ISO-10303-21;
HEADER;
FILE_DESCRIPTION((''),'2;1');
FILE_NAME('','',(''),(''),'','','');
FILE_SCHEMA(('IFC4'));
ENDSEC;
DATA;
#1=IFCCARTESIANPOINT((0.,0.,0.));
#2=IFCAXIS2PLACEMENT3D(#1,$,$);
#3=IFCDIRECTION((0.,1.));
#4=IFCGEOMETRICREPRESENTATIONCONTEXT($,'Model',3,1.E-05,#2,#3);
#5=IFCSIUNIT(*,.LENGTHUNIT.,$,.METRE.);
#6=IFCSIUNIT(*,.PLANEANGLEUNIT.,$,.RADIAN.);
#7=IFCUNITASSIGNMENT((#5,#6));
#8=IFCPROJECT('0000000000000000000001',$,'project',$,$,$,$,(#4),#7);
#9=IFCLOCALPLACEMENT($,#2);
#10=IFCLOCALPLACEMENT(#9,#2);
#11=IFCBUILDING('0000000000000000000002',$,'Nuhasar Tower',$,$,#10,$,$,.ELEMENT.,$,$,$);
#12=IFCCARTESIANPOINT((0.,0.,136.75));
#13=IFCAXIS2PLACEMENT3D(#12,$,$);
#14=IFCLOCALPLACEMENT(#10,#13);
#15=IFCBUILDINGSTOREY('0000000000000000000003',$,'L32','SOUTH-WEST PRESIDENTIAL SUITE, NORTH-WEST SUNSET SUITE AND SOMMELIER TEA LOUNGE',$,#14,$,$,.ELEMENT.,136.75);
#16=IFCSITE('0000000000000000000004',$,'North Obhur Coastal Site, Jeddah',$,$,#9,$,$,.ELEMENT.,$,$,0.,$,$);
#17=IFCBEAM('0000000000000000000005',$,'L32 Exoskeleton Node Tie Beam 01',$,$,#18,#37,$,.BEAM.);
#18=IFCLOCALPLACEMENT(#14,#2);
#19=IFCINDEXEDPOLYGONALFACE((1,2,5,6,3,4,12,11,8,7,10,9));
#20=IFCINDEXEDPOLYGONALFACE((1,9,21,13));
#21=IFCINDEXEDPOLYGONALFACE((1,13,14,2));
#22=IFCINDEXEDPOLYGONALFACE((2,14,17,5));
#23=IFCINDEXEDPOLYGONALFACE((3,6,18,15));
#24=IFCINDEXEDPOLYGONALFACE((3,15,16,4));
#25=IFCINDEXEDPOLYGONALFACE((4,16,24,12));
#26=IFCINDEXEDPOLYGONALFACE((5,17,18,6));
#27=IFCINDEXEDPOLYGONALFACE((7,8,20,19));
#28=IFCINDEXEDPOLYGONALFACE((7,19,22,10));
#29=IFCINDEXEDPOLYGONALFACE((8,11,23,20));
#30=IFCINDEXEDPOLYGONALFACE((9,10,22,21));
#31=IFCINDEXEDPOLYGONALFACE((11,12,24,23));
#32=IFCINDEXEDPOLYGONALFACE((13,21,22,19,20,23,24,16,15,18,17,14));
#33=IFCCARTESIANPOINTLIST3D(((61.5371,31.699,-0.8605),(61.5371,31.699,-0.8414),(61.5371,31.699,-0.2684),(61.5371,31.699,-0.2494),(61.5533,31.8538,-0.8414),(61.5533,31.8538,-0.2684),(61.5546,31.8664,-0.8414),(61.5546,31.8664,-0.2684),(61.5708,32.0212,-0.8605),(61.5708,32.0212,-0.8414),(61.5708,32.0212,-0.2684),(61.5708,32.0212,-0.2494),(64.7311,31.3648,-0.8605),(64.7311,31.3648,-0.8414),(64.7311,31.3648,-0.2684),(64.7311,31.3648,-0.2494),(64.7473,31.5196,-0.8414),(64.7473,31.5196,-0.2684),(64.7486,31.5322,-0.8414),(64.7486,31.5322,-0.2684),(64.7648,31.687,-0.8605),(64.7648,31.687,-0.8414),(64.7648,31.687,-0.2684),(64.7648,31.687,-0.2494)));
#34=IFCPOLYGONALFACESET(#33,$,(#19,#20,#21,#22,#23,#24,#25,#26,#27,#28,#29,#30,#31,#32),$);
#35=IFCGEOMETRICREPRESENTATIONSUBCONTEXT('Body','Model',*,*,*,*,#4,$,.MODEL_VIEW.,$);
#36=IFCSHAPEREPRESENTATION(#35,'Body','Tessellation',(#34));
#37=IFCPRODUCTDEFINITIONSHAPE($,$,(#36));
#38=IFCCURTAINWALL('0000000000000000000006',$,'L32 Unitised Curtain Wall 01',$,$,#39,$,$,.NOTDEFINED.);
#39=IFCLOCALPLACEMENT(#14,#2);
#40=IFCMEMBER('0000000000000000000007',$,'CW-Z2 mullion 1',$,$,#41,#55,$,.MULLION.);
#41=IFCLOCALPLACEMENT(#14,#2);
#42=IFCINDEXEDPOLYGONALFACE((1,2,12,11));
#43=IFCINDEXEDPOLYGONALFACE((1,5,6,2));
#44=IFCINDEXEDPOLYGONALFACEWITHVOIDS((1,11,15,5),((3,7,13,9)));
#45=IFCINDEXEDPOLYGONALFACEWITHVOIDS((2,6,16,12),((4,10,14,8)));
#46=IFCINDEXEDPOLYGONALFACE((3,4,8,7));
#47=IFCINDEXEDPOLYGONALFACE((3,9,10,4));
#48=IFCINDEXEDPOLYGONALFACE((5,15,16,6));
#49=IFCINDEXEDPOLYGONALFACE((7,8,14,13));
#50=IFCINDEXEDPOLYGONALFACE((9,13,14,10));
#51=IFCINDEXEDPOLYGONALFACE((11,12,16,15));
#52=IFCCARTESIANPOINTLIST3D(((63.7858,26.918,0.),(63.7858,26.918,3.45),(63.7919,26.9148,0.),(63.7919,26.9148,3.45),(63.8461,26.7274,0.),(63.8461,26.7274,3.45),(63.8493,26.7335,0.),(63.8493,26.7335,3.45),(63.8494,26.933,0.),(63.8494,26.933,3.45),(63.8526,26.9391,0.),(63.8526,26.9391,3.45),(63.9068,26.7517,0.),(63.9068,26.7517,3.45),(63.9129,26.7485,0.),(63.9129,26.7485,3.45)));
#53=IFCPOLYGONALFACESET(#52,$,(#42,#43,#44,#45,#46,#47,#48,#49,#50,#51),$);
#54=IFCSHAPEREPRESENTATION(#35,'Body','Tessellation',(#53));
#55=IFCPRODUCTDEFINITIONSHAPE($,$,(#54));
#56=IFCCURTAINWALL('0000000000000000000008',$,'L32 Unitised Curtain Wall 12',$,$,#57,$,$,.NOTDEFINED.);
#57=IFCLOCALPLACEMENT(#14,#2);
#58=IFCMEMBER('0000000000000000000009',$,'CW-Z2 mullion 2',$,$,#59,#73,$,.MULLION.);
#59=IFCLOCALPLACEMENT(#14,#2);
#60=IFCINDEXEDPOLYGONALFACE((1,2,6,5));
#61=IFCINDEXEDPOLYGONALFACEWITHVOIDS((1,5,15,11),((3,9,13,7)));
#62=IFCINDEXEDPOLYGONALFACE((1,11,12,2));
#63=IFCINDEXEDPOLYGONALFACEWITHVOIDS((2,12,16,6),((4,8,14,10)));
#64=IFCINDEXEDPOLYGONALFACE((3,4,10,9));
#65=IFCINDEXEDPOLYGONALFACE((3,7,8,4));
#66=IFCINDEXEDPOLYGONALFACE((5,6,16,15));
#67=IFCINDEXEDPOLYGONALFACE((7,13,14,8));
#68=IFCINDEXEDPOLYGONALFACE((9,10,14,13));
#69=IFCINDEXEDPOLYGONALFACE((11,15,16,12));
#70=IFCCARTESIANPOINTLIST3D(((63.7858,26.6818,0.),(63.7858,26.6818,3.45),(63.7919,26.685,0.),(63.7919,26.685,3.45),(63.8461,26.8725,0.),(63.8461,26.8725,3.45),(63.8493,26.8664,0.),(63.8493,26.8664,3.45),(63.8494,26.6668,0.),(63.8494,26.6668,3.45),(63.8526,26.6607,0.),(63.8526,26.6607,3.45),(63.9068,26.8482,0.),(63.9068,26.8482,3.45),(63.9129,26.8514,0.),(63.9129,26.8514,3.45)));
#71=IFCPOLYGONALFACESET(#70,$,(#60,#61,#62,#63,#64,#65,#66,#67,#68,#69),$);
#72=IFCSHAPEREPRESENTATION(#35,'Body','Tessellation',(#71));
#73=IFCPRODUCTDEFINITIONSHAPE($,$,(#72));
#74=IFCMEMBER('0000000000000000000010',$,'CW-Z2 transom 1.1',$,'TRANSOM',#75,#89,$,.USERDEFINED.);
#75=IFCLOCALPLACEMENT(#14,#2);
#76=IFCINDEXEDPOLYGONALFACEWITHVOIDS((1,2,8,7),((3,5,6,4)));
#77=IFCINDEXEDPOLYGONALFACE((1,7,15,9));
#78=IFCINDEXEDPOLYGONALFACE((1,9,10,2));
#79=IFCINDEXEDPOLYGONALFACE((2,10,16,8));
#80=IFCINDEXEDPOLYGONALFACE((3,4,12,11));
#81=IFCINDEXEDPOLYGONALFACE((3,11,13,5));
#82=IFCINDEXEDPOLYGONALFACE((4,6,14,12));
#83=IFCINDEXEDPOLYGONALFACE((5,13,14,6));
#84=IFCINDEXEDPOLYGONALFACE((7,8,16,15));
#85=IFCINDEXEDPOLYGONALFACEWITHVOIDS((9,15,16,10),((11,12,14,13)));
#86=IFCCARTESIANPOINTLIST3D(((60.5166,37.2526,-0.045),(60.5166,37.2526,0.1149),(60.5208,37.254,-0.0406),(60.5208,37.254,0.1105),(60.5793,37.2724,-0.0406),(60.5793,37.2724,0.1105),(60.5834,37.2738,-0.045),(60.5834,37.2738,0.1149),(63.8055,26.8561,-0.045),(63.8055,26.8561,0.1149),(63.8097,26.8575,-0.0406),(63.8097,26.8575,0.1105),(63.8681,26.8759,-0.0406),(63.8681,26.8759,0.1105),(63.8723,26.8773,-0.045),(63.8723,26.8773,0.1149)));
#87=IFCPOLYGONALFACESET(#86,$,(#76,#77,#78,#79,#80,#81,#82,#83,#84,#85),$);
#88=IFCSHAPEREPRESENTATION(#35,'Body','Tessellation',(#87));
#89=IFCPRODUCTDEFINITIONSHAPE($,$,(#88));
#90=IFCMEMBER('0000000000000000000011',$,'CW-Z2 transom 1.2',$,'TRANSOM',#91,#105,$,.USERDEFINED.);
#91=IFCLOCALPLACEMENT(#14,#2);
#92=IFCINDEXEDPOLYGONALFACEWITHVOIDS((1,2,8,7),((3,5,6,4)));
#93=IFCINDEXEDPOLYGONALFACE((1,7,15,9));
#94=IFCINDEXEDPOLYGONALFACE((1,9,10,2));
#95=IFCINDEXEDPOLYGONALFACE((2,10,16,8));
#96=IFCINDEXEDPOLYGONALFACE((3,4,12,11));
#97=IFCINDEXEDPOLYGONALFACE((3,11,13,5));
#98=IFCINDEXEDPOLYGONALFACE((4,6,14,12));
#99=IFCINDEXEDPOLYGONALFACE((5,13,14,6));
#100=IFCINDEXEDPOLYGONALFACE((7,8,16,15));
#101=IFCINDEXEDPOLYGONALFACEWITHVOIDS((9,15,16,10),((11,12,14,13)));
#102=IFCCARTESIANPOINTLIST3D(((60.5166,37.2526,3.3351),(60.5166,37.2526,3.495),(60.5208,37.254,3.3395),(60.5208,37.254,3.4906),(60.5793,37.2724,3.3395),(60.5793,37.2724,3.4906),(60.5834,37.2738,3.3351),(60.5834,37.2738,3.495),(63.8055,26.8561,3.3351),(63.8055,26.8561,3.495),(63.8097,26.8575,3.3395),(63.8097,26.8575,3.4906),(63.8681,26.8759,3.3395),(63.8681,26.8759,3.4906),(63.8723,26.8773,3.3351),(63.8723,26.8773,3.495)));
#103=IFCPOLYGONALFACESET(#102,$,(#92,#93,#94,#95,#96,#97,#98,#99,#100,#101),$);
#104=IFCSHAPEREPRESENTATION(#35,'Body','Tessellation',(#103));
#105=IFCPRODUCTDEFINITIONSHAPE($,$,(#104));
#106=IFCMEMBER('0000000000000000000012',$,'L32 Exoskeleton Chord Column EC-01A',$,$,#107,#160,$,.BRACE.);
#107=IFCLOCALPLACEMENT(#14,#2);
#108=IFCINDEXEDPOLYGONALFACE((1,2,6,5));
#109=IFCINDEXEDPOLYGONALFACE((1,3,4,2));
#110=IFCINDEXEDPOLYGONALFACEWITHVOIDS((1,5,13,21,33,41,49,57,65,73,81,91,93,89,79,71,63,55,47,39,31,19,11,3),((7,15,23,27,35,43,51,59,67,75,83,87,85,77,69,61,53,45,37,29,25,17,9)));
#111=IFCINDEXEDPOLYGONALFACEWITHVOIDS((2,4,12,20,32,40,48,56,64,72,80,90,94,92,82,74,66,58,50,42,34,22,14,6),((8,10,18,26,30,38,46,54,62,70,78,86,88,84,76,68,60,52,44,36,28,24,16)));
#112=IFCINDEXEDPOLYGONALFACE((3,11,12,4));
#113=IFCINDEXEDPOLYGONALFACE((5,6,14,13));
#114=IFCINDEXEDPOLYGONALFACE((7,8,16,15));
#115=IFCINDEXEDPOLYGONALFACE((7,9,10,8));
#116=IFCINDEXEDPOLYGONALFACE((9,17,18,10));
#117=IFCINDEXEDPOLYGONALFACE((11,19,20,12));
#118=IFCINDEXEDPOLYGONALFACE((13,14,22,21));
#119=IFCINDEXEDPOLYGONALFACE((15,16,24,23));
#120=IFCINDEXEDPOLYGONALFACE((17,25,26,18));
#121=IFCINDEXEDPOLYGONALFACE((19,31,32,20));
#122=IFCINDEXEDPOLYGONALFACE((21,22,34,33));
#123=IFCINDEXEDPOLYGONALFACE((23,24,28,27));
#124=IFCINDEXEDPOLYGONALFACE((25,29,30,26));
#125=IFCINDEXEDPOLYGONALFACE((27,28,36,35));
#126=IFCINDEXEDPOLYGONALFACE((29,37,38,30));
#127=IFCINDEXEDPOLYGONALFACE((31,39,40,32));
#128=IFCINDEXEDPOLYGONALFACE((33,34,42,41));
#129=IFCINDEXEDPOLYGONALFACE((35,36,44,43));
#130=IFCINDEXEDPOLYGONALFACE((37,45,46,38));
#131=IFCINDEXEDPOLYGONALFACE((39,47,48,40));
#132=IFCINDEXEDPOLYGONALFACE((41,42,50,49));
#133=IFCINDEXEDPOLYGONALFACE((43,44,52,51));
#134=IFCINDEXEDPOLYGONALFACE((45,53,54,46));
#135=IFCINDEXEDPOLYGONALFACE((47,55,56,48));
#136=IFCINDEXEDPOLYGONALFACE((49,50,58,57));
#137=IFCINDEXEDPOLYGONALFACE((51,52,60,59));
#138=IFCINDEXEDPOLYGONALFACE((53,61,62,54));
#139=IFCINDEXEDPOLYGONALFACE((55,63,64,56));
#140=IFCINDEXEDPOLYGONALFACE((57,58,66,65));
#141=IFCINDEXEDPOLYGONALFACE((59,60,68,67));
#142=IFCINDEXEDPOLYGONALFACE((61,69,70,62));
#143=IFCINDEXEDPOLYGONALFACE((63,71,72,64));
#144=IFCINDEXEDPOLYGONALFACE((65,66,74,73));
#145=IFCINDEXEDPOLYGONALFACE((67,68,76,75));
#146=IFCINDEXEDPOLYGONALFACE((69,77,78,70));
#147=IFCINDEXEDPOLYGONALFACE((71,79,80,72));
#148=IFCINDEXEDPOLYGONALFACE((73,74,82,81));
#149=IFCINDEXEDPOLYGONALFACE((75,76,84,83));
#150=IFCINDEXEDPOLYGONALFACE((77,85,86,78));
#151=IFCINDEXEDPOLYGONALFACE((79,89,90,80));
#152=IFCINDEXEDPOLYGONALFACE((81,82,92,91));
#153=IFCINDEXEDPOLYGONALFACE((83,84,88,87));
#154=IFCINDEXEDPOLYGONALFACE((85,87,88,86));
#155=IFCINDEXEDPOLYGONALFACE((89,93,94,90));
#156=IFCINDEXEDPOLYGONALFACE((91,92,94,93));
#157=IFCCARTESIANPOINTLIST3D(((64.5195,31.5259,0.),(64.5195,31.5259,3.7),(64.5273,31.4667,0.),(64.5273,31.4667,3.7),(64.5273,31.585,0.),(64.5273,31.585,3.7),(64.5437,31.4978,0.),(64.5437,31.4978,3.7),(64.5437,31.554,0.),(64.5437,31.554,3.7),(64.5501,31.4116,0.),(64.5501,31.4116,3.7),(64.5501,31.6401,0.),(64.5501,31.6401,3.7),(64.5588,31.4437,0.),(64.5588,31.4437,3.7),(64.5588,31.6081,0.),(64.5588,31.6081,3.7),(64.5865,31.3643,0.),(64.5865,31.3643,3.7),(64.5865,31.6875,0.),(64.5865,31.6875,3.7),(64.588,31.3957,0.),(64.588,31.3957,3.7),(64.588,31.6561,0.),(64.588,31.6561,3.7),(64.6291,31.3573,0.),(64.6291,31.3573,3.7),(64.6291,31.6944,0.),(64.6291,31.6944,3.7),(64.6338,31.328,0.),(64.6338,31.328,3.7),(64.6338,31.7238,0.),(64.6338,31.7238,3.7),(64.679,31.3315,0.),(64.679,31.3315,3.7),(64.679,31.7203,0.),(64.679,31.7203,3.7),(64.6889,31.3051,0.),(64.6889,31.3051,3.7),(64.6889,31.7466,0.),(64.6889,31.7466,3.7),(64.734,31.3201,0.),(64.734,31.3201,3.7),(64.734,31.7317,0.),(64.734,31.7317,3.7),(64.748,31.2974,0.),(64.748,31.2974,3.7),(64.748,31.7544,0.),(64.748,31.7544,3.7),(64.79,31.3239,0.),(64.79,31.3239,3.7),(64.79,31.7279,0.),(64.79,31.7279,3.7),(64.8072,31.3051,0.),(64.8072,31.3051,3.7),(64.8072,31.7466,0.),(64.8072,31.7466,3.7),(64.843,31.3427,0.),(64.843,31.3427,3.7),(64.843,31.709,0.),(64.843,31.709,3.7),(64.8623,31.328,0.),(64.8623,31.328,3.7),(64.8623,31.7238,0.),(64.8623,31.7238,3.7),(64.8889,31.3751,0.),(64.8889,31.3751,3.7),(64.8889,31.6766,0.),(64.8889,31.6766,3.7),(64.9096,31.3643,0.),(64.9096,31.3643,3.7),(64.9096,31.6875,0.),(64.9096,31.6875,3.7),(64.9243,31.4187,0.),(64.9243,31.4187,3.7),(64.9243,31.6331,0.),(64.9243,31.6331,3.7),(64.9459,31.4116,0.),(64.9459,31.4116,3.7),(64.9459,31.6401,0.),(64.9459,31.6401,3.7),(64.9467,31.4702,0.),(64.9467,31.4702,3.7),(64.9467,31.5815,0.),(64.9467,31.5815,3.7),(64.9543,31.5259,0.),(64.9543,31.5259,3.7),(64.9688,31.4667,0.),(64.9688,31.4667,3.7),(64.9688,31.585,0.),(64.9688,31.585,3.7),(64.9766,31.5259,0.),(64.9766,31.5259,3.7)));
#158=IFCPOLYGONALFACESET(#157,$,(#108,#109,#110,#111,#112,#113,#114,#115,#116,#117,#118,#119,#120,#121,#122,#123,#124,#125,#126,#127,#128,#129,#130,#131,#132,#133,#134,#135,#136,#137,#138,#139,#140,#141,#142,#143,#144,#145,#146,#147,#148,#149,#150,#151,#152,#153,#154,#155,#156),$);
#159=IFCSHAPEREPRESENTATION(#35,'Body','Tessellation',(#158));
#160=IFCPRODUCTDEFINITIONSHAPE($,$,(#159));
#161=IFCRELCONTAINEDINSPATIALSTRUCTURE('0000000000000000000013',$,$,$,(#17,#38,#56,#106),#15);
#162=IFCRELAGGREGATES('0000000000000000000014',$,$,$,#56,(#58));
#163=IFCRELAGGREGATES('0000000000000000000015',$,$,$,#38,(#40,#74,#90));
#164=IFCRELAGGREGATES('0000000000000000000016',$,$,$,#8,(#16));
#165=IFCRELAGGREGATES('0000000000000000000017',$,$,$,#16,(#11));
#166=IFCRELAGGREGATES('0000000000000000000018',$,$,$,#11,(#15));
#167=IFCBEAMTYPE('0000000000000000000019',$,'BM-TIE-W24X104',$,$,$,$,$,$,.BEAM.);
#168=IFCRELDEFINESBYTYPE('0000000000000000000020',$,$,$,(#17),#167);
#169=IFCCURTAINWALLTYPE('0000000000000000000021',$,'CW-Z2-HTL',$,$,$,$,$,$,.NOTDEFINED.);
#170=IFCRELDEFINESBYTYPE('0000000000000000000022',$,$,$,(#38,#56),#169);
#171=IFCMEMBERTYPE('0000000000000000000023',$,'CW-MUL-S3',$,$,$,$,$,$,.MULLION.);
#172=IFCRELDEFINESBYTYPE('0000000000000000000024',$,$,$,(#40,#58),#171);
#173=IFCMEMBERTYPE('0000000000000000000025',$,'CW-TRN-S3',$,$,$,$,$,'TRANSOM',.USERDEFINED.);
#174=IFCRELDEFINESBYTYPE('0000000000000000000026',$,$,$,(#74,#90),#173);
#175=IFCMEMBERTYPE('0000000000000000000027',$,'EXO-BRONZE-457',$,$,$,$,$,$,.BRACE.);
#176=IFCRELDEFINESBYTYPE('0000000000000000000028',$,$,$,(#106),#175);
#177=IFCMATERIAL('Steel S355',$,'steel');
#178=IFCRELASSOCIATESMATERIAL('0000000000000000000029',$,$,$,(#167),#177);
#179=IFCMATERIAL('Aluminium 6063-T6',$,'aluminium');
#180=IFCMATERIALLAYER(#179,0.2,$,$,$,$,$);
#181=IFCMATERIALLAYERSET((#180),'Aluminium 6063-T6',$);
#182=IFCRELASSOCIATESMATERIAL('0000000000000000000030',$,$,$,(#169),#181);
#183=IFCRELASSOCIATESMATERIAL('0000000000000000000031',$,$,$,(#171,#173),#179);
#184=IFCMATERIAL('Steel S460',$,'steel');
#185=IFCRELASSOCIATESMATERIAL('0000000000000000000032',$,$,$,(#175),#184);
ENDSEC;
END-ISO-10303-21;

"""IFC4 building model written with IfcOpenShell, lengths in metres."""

from ifc_helpers import new_model, si_unit, direction, frame, origin, origin_2d, place, context, subcontext, project, spatial, hollow_rectangle, hollow_circle, i_section, extrude, material, layer, layer_set, material_profile, profile_set, type_object, element, aggregate, save


model = new_model("IFC4")

# Units and contexts
model_context = context("Model", 3, precision=1e-05, world=origin(), true_north=direction((0.0, 1.0)))
body_context = subcontext(model_context, "Body", "Model", "MODEL_VIEW")
ifc_project = project(units=[si_unit("LENGTHUNIT", "METRE"), si_unit("PLANEANGLEUNIT", "RADIAN")], contexts=[model_context])

# Site, building, storey
site_placement = place(None, origin())
site = spatial("IfcSite", under=ifc_project, at=site_placement, Name="North Obhur Coastal Site, Jeddah", CompositionType="ELEMENT", RefElevation=0.0)
building_placement = place(site_placement, origin())
building = spatial("IfcBuilding", under=site, at=building_placement, Name="Nuhasar Tower", CompositionType="ELEMENT")
storey_placement = place(building_placement, frame((0.0, 0.0, 136.75)))
storey = spatial("IfcBuildingStorey", under=building, at=storey_placement, Name="L32", Description="SOUTH-WEST PRESIDENTIAL SUITE, NORTH-WEST SUNSET SUITE AND SOMMELIER TEA LOUNGE", CompositionType="ELEMENT", Elevation=136.75)

# Beam
ifc_material_1 = material(Name="Steel S355", Category="steel")
ifc_material_profile_1 = material_profile(ifc_material_1, i_section(OverallWidth=0.324, OverallDepth=0.6111, WebThickness=0.0127, FlangeThickness=0.019, at=origin_2d()), Name="W24X104")
ifc_profile_set_1 = profile_set([ifc_material_profile_1], Name="Steel S355")
beam_type_1 = type_object("IfcBeamType", Name="BM-TIE-W24X104", PredefinedType="BEAM", material=ifc_profile_set_1)
beam_1_placement = place(storey_placement, frame((61.554, 31.8601, -0.5549), z_axis=(0.99457, -0.104071, 0.0), x_axis=(0.104071, 0.99457, 0.0)))
element("IfcBeam", 1, at=beam_1_placement, inside=storey, type_object=beam_type_1, Name="L32 Exoskeleton Node Tie Beam 01", PredefinedType="BEAM", context=body_context, shape_type="SweptSolid", body=[
    extrude(i_section(OverallWidth=0.324, OverallDepth=0.6111, WebThickness=0.0127, FlangeThickness=0.019, at=origin_2d()), origin(), (0.0, 0.0, 1.0), 3.2114),
])

# Curtain walls, members
ifc_material_2 = material(Name="Aluminium 6063-T6", Category="aluminium")
ifc_layer_1 = layer(ifc_material_2, 0.2)
ifc_layer_set_1 = layer_set([ifc_layer_1], Name="Aluminium 6063-T6")
curtain_wall_type = type_object("IfcCurtainWallType", Name="CW-Z2-HTL", PredefinedType="NOTDEFINED", material=ifc_layer_set_1)
curtain_wall_1_placement = place(storey_placement, origin())
curtain_wall_1 = element("IfcCurtainWall", 2, at=curtain_wall_1_placement, inside=storey, type_object=curtain_wall_type, Name="L32 Unitised Curtain Wall 01", PredefinedType="NOTDEFINED")
ifc_material_profile_2 = material_profile(ifc_material_2, hollow_rectangle(XDim=0.0701, YDim=0.2, WallThickness=0.0049, at=origin_2d()), Name="CWM-3")
ifc_profile_set_2 = profile_set([ifc_material_profile_2], Name="Aluminium 6063-T6")
member_type_1 = type_object("IfcMemberType", Name="CW-MUL-S3", PredefinedType="MULLION", material=ifc_profile_set_2)
member_1_placement = place(storey_placement, frame((63.8494, 26.8333, 0.0), z_axis=(0.0, 0.0, 1.0), x_axis=(-0.953433, -0.301604, 0.0)))
member_1 = element("IfcMember", 3, at=member_1_placement, type_object=member_type_1, Name="CW-Z2 mullion 1", PredefinedType="MULLION", context=body_context, shape_type="SweptSolid", body=[
    extrude(hollow_rectangle(XDim=0.0701, YDim=0.2, WallThickness=0.0049, at=origin_2d()), origin(), (0.0, 0.0, 1.0), 3.45),
])
curtain_wall_2_placement = place(storey_placement, origin())
curtain_wall_2 = element("IfcCurtainWall", 4, at=curtain_wall_2_placement, inside=storey, type_object=curtain_wall_type, Name="L32 Unitised Curtain Wall 12", PredefinedType="NOTDEFINED")
member_2_placement = place(storey_placement, frame((63.8494, 26.7666, 0.0), z_axis=(0.0, 0.0, 1.0), x_axis=(-0.953433, 0.301604, 0.0)))
member_2 = element("IfcMember", 5, at=member_2_placement, type_object=member_type_1, Name="CW-Z2 mullion 2", PredefinedType="MULLION", context=body_context, shape_type="SweptSolid", body=[
    extrude(hollow_rectangle(XDim=0.0701, YDim=0.2, WallThickness=0.0049, at=origin_2d()), origin(), (0.0, 0.0, 1.0), 3.45),
])
aggregate(curtain_wall_2, [member_2])

# Members
ifc_material_profile_3 = material_profile(ifc_material_2, hollow_rectangle(XDim=0.0701, YDim=0.1599, WallThickness=0.0044, at=origin_2d()), Name="CWT-3")
ifc_profile_set_3 = profile_set([ifc_material_profile_3], Name="Aluminium 6063-T6")
member_type_2 = type_object("IfcMemberType", Name="CW-TRN-S3", ElementType="TRANSOM", PredefinedType="USERDEFINED", material=ifc_profile_set_3)
member_3_placement = place(storey_placement, frame((63.8389, 26.8667, 0.0349), z_axis=(-0.301608, 0.953432, 0.0), x_axis=(-0.953432, -0.301608, 0.0)))
member_3 = element("IfcMember", 6, at=member_3_placement, type_object=member_type_2, Name="CW-Z2 transom 1.1", ObjectType="TRANSOM", PredefinedType="USERDEFINED", context=body_context, shape_type="SweptSolid", body=[
    extrude(hollow_rectangle(XDim=0.0701, YDim=0.1599, WallThickness=0.0044, at=origin_2d()), origin(), (0.0, 0.0, 1.0), 10.9043),
])
member_4_placement = place(storey_placement, frame((63.8389, 26.8667, 3.415), z_axis=(-0.301608, 0.953432, 0.0), x_axis=(-0.953432, -0.301608, 0.0)))
member_4 = element("IfcMember", 7, at=member_4_placement, type_object=member_type_2, Name="CW-Z2 transom 1.2", ObjectType="TRANSOM", PredefinedType="USERDEFINED", context=body_context, shape_type="SweptSolid", body=[
    extrude(hollow_rectangle(XDim=0.0701, YDim=0.1599, WallThickness=0.0044, at=origin_2d()), origin(), (0.0, 0.0, 1.0), 10.9043),
])

# Member
ifc_material_3 = material(Name="Steel S460", Category="steel")
ifc_material_profile_4 = material_profile(ifc_material_3, hollow_circle(Radius=0.2285, WallThickness=0.0222, at=origin_2d()), Name="HSS457X22.2")
ifc_profile_set_4 = profile_set([ifc_material_profile_4], Name="Steel S460")
member_type_3 = type_object("IfcMemberType", Name="EXO-BRONZE-457", PredefinedType="BRACE", material=ifc_profile_set_4)
for number, where, z_axis, x_axis, name in (
    (8, (64.748, 31.5259, 0.0), (0.0, 0.0, 1.0), (1.0, 0.0, 0.0), "L32 Exoskeleton Chord Column EC-01A"),
):
    element("IfcMember", number, at=place(storey_placement, frame(where, z_axis=z_axis, x_axis=x_axis)), inside=storey, type_object=member_type_3, Name=name, PredefinedType="BRACE", context=body_context, shape_type="SweptSolid", body=[
        extrude(hollow_circle(Radius=0.2285, WallThickness=0.0222, at=origin_2d()), origin(), (0.0, 0.0, 1.0), 3.7),
    ])

aggregate(curtain_wall_1, [member_1, member_3, member_4])

save(model, "model.ifc")
